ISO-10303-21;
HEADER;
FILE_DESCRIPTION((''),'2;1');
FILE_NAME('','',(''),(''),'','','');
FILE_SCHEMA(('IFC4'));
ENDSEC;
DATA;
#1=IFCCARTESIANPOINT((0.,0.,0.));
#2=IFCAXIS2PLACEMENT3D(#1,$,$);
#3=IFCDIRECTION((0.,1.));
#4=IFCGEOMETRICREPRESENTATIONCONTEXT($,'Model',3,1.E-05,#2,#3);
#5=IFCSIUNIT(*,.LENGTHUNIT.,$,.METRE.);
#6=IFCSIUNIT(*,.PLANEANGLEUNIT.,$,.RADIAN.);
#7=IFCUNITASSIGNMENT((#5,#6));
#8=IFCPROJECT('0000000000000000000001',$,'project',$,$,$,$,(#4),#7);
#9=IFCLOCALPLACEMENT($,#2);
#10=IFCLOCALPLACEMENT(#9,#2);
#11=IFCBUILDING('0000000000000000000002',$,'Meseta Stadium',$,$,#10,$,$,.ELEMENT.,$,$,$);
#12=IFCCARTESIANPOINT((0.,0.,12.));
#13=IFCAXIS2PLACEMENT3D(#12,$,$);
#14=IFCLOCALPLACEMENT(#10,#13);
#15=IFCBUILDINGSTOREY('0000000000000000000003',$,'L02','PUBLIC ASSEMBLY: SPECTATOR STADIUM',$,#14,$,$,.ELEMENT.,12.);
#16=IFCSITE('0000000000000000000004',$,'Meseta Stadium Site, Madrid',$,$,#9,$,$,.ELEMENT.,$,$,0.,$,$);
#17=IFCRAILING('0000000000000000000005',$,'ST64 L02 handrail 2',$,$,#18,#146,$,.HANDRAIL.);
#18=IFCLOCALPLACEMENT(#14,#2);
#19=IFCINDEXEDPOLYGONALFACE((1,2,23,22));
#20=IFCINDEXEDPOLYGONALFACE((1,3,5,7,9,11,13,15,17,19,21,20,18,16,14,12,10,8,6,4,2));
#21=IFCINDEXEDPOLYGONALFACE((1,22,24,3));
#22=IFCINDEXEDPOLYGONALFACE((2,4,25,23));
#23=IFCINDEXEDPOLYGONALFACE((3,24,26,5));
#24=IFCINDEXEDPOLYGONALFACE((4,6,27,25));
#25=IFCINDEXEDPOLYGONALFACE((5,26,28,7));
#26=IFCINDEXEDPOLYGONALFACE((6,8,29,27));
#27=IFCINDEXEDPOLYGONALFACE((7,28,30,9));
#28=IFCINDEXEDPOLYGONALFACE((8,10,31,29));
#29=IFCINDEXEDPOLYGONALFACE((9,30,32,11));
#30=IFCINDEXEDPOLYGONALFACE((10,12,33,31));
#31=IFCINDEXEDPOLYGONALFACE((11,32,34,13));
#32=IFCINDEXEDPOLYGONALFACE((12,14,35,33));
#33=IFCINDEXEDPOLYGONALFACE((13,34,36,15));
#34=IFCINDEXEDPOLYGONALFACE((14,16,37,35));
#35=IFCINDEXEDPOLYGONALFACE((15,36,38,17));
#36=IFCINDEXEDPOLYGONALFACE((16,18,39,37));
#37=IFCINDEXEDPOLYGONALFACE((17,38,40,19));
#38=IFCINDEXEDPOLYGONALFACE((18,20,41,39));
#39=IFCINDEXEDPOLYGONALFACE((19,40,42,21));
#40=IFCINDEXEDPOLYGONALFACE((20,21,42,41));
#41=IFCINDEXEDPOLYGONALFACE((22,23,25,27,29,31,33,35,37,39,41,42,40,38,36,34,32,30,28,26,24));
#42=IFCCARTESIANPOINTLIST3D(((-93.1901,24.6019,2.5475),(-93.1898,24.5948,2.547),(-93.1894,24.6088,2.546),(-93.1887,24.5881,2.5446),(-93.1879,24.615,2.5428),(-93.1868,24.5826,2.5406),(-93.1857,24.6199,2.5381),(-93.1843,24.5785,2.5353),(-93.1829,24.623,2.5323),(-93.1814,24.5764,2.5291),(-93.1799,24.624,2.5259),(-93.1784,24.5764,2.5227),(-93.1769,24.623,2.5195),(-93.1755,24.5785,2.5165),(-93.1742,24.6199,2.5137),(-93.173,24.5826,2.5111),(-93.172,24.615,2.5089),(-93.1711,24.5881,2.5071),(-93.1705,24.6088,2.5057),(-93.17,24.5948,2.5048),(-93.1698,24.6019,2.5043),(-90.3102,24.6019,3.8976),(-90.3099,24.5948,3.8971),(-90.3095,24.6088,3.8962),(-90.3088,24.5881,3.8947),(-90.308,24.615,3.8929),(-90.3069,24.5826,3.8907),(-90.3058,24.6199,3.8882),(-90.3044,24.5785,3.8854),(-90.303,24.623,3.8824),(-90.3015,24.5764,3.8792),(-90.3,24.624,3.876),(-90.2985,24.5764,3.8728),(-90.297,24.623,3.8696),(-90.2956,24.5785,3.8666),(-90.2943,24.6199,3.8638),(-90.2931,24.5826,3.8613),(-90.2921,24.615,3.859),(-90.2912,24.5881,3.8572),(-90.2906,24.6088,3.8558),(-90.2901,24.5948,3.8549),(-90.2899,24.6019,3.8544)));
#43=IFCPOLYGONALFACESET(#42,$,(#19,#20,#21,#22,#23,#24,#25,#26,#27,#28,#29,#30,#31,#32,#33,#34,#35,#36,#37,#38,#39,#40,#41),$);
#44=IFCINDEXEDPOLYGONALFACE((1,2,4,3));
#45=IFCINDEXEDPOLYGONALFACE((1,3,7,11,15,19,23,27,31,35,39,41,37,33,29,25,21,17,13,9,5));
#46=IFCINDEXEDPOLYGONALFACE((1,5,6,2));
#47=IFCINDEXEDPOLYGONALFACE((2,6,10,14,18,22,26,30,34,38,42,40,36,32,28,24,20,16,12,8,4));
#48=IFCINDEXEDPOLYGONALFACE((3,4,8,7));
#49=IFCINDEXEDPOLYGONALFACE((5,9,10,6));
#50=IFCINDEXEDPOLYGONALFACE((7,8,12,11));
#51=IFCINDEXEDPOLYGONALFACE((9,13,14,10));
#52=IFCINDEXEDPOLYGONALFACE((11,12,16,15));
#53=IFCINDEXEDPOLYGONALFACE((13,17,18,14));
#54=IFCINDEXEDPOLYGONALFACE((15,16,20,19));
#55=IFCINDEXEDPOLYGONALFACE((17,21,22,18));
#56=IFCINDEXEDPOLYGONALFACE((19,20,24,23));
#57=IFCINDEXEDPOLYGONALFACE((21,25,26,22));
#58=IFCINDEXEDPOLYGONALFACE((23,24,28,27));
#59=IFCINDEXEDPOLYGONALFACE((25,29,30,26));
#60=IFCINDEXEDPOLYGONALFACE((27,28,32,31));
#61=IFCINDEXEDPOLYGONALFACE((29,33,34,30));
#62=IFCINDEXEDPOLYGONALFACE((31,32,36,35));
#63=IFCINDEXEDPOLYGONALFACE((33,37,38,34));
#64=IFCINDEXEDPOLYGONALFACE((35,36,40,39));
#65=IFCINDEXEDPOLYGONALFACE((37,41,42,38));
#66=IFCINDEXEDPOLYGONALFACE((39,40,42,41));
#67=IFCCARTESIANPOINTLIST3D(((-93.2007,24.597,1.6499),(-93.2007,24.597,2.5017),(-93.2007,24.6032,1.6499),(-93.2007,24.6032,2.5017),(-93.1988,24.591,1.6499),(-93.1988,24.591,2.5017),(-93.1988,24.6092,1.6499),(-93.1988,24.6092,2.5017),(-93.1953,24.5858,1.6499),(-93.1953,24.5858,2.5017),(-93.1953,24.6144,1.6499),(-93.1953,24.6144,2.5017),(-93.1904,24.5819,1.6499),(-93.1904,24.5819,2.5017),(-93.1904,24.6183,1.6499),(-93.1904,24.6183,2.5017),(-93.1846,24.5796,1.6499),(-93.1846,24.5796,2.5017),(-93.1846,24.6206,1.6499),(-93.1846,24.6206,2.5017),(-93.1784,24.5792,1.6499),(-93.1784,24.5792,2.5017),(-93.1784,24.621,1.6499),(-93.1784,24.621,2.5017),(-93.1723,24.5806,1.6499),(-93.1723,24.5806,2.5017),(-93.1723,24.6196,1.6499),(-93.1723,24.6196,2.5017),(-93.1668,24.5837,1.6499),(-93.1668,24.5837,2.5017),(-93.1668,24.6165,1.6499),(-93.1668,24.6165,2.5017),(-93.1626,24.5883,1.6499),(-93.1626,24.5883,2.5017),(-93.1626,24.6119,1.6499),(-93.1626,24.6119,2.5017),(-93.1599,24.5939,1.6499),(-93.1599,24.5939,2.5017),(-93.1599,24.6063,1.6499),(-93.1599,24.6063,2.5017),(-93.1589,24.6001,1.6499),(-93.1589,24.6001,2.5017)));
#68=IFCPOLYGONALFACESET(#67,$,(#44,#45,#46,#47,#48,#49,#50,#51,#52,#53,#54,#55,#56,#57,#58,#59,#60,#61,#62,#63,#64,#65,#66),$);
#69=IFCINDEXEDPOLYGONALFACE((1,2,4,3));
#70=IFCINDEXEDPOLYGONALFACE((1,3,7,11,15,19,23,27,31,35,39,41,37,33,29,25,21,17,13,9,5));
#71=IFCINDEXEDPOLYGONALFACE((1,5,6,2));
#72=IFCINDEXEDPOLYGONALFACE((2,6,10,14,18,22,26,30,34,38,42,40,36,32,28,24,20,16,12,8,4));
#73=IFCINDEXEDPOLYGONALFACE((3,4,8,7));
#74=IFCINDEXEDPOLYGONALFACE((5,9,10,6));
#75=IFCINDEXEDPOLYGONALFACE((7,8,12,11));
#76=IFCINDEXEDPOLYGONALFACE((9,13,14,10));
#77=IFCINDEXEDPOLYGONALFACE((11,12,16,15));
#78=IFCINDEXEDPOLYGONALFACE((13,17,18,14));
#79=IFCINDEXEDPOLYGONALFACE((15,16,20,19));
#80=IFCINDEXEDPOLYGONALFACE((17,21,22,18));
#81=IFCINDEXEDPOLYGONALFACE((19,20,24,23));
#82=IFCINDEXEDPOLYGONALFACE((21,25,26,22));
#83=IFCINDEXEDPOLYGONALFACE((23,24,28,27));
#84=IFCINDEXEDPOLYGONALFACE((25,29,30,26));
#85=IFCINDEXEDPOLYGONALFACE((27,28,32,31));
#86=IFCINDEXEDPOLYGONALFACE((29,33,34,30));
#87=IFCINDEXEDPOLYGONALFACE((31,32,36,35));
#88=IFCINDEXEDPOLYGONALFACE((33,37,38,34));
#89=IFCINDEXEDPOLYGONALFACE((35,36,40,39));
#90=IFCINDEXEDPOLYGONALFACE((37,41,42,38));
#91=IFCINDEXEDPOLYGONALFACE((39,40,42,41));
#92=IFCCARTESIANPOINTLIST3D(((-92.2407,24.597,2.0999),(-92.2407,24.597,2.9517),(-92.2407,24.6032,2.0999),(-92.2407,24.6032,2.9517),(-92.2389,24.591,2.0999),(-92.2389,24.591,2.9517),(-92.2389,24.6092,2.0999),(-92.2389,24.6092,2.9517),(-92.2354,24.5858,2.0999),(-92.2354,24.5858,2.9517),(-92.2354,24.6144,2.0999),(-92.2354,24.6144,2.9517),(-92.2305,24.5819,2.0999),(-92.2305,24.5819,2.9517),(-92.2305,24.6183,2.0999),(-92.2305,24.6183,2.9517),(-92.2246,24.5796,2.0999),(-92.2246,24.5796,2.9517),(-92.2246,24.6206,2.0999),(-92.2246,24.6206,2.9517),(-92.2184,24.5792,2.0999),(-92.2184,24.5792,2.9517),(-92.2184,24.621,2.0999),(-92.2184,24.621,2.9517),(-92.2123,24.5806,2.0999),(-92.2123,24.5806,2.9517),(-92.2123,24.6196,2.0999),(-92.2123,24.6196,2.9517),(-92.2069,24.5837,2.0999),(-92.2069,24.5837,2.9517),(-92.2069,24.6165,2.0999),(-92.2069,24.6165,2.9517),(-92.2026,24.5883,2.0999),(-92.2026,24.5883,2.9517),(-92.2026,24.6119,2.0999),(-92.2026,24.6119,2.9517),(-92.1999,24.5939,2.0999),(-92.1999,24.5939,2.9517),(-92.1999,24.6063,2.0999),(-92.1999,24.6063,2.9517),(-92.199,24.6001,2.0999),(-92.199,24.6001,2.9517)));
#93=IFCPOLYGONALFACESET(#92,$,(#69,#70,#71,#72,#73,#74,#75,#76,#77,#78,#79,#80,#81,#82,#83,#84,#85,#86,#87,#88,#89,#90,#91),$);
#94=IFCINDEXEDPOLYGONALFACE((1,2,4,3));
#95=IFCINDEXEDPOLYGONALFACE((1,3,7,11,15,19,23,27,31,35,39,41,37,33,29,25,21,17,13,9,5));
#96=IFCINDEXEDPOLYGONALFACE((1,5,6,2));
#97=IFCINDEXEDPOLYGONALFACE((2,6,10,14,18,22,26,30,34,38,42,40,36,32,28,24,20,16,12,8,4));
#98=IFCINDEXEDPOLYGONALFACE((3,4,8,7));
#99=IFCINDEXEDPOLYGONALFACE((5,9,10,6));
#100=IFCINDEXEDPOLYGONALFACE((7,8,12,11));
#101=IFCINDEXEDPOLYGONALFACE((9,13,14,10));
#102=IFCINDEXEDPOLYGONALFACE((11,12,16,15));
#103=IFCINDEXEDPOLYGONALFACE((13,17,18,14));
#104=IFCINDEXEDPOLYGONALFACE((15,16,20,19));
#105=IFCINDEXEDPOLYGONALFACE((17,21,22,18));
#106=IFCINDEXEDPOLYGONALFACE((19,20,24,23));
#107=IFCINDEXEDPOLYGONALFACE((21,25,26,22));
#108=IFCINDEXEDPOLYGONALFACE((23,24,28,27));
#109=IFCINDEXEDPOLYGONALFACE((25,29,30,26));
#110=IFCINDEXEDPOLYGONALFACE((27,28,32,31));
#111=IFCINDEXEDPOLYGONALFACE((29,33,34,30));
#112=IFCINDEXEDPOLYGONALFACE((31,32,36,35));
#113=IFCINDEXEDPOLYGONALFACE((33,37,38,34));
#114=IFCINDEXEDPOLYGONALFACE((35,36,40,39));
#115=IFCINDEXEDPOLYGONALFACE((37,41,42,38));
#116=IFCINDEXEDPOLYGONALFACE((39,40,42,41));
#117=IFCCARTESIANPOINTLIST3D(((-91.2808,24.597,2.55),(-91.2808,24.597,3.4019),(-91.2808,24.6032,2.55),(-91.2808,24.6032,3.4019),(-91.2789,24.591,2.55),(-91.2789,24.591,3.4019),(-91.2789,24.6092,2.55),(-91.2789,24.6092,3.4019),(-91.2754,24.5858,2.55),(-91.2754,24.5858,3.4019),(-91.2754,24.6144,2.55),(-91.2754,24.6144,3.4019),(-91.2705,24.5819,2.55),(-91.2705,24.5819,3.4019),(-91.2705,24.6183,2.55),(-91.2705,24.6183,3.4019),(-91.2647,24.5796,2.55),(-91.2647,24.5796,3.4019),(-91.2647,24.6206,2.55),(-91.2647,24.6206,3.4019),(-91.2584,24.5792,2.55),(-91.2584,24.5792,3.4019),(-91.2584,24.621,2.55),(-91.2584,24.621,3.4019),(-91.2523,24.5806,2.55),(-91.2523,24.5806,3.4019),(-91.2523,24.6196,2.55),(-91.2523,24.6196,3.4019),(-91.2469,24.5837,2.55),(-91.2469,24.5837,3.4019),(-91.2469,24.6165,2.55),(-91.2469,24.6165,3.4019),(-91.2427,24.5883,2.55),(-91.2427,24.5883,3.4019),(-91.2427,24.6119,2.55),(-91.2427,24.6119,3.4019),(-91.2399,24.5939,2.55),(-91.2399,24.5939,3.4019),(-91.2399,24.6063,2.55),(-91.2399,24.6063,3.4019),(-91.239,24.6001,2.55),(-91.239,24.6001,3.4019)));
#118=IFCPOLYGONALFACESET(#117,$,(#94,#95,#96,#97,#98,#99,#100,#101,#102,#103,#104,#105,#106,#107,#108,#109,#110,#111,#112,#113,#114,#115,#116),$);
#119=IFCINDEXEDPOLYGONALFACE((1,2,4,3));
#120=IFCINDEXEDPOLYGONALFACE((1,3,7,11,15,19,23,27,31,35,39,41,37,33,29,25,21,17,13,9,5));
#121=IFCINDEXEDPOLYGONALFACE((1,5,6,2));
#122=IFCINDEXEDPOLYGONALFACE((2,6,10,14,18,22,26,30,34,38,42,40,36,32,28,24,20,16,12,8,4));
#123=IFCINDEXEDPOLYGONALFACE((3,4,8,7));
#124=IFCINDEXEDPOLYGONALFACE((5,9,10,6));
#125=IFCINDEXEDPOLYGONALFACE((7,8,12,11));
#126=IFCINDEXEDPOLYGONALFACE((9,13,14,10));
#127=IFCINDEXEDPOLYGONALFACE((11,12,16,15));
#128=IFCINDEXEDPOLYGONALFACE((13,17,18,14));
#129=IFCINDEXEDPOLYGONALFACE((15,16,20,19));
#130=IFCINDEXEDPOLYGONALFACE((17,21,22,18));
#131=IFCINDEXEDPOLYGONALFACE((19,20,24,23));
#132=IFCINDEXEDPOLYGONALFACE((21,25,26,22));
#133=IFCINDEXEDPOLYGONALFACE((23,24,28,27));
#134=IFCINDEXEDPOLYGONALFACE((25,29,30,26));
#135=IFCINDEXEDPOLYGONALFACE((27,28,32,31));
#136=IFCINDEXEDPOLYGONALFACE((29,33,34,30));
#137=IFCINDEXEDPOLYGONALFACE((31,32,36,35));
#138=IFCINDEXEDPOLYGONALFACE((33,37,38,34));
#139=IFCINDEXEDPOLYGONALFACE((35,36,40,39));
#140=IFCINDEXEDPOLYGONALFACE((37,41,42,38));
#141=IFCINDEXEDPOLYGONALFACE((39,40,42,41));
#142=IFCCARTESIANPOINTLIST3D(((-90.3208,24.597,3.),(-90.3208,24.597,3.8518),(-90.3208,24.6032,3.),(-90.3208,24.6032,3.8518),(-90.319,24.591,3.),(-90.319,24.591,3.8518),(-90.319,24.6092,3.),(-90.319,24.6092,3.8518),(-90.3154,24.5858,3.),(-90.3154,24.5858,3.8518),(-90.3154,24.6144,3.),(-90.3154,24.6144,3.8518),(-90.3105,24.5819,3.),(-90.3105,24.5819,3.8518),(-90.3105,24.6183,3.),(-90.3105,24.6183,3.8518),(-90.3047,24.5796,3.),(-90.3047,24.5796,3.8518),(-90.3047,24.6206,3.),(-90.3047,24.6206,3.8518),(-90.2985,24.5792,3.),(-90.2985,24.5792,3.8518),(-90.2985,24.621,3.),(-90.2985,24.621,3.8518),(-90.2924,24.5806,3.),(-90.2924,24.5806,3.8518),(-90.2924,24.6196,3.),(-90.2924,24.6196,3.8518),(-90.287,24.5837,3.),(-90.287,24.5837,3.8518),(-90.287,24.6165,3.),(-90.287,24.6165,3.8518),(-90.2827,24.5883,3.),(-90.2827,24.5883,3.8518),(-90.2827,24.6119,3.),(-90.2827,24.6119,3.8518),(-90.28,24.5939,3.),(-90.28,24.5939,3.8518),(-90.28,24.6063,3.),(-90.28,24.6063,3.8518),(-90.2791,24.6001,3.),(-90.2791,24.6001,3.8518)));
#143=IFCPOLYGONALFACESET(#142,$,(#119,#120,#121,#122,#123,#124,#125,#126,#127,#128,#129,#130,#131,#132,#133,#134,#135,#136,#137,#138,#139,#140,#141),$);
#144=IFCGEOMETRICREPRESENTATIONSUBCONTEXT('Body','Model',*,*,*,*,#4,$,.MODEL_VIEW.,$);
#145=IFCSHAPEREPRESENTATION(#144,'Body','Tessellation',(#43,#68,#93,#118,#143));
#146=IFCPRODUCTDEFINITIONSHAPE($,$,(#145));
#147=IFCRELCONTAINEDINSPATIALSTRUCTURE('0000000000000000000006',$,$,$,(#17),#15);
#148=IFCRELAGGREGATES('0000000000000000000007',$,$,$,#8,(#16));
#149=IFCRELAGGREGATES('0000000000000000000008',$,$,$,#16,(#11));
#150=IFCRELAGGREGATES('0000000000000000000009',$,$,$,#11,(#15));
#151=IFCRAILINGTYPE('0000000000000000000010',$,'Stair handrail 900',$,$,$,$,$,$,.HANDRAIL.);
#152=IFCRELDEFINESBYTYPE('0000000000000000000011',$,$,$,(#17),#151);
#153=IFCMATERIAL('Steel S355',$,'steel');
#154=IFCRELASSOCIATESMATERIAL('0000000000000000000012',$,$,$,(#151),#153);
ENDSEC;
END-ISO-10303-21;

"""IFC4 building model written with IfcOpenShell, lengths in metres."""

from ifc_helpers import new_model, si_unit, direction, frame, origin, origin_2d, place, context, subcontext, project, spatial, circle, extrude, material, type_object, element, save


model = new_model("IFC4")

# Units and contexts
model_context = context("Model", 3, precision=1e-05, world=origin(), true_north=direction((0.0, 1.0)))
body_context = subcontext(model_context, "Body", "Model", "MODEL_VIEW")
ifc_project = project(units=[si_unit("LENGTHUNIT", "METRE"), si_unit("PLANEANGLEUNIT", "RADIAN")], contexts=[model_context])

# Site, building, storey
site_placement = place(None, origin())
site = spatial("IfcSite", under=ifc_project, at=site_placement, Name="Meseta Stadium Site, Madrid", CompositionType="ELEMENT", RefElevation=0.0)
building_placement = place(site_placement, origin())
building = spatial("IfcBuilding", under=site, at=building_placement, Name="Meseta Stadium", CompositionType="ELEMENT")
storey_placement = place(building_placement, frame((0.0, 0.0, 12.0)))
storey = spatial("IfcBuildingStorey", under=building, at=storey_placement, Name="L02", Description="PUBLIC ASSEMBLY: SPECTATOR STADIUM", CompositionType="ELEMENT", Elevation=12.0)

# Railing
ifc_material_1 = material(Name="Steel S355", Category="steel")
railing_type_1 = type_object("IfcRailingType", Name="Stair handrail 900", PredefinedType="HANDRAIL", material=ifc_material_1)
for number, where, name in (
    (1, (-93.1799, 24.6001, 1.6499), "ST64 L02 handrail 2"),
):
    element("IfcRailing", number, at=place(storey_placement, frame(where)), inside=storey, type_object=railing_type_1, Name=name, PredefinedType="HANDRAIL", context=body_context, shape_type="SweptSolid", body=[
        extrude(circle(Radius=0.0239, at=origin_2d()), frame((0.0, 0.0, 0.876), z_axis=(0.90544, 0.0, 0.424473), x_axis=(0.0, 1.0, 0.0)), (0.0, 0.0, 1.0), 3.1807),
        extrude(circle(Radius=0.021, at=origin_2d()), origin(), (0.0, 0.0, 1.0), 0.8518),
        extrude(circle(Radius=0.021, at=origin_2d()), frame((0.96, 0.0, 0.45)), (0.0, 0.0, 1.0), 0.8518),
        extrude(circle(Radius=0.021, at=origin_2d()), frame((1.9199, 0.0, 0.9001)), (0.0, 0.0, 1.0), 0.8518),
        extrude(circle(Radius=0.021, at=origin_2d()), frame((2.8799, 0.0, 1.3501)), (0.0, 0.0, 1.0), 0.8518),
    ])

save(model, "model.ifc")
